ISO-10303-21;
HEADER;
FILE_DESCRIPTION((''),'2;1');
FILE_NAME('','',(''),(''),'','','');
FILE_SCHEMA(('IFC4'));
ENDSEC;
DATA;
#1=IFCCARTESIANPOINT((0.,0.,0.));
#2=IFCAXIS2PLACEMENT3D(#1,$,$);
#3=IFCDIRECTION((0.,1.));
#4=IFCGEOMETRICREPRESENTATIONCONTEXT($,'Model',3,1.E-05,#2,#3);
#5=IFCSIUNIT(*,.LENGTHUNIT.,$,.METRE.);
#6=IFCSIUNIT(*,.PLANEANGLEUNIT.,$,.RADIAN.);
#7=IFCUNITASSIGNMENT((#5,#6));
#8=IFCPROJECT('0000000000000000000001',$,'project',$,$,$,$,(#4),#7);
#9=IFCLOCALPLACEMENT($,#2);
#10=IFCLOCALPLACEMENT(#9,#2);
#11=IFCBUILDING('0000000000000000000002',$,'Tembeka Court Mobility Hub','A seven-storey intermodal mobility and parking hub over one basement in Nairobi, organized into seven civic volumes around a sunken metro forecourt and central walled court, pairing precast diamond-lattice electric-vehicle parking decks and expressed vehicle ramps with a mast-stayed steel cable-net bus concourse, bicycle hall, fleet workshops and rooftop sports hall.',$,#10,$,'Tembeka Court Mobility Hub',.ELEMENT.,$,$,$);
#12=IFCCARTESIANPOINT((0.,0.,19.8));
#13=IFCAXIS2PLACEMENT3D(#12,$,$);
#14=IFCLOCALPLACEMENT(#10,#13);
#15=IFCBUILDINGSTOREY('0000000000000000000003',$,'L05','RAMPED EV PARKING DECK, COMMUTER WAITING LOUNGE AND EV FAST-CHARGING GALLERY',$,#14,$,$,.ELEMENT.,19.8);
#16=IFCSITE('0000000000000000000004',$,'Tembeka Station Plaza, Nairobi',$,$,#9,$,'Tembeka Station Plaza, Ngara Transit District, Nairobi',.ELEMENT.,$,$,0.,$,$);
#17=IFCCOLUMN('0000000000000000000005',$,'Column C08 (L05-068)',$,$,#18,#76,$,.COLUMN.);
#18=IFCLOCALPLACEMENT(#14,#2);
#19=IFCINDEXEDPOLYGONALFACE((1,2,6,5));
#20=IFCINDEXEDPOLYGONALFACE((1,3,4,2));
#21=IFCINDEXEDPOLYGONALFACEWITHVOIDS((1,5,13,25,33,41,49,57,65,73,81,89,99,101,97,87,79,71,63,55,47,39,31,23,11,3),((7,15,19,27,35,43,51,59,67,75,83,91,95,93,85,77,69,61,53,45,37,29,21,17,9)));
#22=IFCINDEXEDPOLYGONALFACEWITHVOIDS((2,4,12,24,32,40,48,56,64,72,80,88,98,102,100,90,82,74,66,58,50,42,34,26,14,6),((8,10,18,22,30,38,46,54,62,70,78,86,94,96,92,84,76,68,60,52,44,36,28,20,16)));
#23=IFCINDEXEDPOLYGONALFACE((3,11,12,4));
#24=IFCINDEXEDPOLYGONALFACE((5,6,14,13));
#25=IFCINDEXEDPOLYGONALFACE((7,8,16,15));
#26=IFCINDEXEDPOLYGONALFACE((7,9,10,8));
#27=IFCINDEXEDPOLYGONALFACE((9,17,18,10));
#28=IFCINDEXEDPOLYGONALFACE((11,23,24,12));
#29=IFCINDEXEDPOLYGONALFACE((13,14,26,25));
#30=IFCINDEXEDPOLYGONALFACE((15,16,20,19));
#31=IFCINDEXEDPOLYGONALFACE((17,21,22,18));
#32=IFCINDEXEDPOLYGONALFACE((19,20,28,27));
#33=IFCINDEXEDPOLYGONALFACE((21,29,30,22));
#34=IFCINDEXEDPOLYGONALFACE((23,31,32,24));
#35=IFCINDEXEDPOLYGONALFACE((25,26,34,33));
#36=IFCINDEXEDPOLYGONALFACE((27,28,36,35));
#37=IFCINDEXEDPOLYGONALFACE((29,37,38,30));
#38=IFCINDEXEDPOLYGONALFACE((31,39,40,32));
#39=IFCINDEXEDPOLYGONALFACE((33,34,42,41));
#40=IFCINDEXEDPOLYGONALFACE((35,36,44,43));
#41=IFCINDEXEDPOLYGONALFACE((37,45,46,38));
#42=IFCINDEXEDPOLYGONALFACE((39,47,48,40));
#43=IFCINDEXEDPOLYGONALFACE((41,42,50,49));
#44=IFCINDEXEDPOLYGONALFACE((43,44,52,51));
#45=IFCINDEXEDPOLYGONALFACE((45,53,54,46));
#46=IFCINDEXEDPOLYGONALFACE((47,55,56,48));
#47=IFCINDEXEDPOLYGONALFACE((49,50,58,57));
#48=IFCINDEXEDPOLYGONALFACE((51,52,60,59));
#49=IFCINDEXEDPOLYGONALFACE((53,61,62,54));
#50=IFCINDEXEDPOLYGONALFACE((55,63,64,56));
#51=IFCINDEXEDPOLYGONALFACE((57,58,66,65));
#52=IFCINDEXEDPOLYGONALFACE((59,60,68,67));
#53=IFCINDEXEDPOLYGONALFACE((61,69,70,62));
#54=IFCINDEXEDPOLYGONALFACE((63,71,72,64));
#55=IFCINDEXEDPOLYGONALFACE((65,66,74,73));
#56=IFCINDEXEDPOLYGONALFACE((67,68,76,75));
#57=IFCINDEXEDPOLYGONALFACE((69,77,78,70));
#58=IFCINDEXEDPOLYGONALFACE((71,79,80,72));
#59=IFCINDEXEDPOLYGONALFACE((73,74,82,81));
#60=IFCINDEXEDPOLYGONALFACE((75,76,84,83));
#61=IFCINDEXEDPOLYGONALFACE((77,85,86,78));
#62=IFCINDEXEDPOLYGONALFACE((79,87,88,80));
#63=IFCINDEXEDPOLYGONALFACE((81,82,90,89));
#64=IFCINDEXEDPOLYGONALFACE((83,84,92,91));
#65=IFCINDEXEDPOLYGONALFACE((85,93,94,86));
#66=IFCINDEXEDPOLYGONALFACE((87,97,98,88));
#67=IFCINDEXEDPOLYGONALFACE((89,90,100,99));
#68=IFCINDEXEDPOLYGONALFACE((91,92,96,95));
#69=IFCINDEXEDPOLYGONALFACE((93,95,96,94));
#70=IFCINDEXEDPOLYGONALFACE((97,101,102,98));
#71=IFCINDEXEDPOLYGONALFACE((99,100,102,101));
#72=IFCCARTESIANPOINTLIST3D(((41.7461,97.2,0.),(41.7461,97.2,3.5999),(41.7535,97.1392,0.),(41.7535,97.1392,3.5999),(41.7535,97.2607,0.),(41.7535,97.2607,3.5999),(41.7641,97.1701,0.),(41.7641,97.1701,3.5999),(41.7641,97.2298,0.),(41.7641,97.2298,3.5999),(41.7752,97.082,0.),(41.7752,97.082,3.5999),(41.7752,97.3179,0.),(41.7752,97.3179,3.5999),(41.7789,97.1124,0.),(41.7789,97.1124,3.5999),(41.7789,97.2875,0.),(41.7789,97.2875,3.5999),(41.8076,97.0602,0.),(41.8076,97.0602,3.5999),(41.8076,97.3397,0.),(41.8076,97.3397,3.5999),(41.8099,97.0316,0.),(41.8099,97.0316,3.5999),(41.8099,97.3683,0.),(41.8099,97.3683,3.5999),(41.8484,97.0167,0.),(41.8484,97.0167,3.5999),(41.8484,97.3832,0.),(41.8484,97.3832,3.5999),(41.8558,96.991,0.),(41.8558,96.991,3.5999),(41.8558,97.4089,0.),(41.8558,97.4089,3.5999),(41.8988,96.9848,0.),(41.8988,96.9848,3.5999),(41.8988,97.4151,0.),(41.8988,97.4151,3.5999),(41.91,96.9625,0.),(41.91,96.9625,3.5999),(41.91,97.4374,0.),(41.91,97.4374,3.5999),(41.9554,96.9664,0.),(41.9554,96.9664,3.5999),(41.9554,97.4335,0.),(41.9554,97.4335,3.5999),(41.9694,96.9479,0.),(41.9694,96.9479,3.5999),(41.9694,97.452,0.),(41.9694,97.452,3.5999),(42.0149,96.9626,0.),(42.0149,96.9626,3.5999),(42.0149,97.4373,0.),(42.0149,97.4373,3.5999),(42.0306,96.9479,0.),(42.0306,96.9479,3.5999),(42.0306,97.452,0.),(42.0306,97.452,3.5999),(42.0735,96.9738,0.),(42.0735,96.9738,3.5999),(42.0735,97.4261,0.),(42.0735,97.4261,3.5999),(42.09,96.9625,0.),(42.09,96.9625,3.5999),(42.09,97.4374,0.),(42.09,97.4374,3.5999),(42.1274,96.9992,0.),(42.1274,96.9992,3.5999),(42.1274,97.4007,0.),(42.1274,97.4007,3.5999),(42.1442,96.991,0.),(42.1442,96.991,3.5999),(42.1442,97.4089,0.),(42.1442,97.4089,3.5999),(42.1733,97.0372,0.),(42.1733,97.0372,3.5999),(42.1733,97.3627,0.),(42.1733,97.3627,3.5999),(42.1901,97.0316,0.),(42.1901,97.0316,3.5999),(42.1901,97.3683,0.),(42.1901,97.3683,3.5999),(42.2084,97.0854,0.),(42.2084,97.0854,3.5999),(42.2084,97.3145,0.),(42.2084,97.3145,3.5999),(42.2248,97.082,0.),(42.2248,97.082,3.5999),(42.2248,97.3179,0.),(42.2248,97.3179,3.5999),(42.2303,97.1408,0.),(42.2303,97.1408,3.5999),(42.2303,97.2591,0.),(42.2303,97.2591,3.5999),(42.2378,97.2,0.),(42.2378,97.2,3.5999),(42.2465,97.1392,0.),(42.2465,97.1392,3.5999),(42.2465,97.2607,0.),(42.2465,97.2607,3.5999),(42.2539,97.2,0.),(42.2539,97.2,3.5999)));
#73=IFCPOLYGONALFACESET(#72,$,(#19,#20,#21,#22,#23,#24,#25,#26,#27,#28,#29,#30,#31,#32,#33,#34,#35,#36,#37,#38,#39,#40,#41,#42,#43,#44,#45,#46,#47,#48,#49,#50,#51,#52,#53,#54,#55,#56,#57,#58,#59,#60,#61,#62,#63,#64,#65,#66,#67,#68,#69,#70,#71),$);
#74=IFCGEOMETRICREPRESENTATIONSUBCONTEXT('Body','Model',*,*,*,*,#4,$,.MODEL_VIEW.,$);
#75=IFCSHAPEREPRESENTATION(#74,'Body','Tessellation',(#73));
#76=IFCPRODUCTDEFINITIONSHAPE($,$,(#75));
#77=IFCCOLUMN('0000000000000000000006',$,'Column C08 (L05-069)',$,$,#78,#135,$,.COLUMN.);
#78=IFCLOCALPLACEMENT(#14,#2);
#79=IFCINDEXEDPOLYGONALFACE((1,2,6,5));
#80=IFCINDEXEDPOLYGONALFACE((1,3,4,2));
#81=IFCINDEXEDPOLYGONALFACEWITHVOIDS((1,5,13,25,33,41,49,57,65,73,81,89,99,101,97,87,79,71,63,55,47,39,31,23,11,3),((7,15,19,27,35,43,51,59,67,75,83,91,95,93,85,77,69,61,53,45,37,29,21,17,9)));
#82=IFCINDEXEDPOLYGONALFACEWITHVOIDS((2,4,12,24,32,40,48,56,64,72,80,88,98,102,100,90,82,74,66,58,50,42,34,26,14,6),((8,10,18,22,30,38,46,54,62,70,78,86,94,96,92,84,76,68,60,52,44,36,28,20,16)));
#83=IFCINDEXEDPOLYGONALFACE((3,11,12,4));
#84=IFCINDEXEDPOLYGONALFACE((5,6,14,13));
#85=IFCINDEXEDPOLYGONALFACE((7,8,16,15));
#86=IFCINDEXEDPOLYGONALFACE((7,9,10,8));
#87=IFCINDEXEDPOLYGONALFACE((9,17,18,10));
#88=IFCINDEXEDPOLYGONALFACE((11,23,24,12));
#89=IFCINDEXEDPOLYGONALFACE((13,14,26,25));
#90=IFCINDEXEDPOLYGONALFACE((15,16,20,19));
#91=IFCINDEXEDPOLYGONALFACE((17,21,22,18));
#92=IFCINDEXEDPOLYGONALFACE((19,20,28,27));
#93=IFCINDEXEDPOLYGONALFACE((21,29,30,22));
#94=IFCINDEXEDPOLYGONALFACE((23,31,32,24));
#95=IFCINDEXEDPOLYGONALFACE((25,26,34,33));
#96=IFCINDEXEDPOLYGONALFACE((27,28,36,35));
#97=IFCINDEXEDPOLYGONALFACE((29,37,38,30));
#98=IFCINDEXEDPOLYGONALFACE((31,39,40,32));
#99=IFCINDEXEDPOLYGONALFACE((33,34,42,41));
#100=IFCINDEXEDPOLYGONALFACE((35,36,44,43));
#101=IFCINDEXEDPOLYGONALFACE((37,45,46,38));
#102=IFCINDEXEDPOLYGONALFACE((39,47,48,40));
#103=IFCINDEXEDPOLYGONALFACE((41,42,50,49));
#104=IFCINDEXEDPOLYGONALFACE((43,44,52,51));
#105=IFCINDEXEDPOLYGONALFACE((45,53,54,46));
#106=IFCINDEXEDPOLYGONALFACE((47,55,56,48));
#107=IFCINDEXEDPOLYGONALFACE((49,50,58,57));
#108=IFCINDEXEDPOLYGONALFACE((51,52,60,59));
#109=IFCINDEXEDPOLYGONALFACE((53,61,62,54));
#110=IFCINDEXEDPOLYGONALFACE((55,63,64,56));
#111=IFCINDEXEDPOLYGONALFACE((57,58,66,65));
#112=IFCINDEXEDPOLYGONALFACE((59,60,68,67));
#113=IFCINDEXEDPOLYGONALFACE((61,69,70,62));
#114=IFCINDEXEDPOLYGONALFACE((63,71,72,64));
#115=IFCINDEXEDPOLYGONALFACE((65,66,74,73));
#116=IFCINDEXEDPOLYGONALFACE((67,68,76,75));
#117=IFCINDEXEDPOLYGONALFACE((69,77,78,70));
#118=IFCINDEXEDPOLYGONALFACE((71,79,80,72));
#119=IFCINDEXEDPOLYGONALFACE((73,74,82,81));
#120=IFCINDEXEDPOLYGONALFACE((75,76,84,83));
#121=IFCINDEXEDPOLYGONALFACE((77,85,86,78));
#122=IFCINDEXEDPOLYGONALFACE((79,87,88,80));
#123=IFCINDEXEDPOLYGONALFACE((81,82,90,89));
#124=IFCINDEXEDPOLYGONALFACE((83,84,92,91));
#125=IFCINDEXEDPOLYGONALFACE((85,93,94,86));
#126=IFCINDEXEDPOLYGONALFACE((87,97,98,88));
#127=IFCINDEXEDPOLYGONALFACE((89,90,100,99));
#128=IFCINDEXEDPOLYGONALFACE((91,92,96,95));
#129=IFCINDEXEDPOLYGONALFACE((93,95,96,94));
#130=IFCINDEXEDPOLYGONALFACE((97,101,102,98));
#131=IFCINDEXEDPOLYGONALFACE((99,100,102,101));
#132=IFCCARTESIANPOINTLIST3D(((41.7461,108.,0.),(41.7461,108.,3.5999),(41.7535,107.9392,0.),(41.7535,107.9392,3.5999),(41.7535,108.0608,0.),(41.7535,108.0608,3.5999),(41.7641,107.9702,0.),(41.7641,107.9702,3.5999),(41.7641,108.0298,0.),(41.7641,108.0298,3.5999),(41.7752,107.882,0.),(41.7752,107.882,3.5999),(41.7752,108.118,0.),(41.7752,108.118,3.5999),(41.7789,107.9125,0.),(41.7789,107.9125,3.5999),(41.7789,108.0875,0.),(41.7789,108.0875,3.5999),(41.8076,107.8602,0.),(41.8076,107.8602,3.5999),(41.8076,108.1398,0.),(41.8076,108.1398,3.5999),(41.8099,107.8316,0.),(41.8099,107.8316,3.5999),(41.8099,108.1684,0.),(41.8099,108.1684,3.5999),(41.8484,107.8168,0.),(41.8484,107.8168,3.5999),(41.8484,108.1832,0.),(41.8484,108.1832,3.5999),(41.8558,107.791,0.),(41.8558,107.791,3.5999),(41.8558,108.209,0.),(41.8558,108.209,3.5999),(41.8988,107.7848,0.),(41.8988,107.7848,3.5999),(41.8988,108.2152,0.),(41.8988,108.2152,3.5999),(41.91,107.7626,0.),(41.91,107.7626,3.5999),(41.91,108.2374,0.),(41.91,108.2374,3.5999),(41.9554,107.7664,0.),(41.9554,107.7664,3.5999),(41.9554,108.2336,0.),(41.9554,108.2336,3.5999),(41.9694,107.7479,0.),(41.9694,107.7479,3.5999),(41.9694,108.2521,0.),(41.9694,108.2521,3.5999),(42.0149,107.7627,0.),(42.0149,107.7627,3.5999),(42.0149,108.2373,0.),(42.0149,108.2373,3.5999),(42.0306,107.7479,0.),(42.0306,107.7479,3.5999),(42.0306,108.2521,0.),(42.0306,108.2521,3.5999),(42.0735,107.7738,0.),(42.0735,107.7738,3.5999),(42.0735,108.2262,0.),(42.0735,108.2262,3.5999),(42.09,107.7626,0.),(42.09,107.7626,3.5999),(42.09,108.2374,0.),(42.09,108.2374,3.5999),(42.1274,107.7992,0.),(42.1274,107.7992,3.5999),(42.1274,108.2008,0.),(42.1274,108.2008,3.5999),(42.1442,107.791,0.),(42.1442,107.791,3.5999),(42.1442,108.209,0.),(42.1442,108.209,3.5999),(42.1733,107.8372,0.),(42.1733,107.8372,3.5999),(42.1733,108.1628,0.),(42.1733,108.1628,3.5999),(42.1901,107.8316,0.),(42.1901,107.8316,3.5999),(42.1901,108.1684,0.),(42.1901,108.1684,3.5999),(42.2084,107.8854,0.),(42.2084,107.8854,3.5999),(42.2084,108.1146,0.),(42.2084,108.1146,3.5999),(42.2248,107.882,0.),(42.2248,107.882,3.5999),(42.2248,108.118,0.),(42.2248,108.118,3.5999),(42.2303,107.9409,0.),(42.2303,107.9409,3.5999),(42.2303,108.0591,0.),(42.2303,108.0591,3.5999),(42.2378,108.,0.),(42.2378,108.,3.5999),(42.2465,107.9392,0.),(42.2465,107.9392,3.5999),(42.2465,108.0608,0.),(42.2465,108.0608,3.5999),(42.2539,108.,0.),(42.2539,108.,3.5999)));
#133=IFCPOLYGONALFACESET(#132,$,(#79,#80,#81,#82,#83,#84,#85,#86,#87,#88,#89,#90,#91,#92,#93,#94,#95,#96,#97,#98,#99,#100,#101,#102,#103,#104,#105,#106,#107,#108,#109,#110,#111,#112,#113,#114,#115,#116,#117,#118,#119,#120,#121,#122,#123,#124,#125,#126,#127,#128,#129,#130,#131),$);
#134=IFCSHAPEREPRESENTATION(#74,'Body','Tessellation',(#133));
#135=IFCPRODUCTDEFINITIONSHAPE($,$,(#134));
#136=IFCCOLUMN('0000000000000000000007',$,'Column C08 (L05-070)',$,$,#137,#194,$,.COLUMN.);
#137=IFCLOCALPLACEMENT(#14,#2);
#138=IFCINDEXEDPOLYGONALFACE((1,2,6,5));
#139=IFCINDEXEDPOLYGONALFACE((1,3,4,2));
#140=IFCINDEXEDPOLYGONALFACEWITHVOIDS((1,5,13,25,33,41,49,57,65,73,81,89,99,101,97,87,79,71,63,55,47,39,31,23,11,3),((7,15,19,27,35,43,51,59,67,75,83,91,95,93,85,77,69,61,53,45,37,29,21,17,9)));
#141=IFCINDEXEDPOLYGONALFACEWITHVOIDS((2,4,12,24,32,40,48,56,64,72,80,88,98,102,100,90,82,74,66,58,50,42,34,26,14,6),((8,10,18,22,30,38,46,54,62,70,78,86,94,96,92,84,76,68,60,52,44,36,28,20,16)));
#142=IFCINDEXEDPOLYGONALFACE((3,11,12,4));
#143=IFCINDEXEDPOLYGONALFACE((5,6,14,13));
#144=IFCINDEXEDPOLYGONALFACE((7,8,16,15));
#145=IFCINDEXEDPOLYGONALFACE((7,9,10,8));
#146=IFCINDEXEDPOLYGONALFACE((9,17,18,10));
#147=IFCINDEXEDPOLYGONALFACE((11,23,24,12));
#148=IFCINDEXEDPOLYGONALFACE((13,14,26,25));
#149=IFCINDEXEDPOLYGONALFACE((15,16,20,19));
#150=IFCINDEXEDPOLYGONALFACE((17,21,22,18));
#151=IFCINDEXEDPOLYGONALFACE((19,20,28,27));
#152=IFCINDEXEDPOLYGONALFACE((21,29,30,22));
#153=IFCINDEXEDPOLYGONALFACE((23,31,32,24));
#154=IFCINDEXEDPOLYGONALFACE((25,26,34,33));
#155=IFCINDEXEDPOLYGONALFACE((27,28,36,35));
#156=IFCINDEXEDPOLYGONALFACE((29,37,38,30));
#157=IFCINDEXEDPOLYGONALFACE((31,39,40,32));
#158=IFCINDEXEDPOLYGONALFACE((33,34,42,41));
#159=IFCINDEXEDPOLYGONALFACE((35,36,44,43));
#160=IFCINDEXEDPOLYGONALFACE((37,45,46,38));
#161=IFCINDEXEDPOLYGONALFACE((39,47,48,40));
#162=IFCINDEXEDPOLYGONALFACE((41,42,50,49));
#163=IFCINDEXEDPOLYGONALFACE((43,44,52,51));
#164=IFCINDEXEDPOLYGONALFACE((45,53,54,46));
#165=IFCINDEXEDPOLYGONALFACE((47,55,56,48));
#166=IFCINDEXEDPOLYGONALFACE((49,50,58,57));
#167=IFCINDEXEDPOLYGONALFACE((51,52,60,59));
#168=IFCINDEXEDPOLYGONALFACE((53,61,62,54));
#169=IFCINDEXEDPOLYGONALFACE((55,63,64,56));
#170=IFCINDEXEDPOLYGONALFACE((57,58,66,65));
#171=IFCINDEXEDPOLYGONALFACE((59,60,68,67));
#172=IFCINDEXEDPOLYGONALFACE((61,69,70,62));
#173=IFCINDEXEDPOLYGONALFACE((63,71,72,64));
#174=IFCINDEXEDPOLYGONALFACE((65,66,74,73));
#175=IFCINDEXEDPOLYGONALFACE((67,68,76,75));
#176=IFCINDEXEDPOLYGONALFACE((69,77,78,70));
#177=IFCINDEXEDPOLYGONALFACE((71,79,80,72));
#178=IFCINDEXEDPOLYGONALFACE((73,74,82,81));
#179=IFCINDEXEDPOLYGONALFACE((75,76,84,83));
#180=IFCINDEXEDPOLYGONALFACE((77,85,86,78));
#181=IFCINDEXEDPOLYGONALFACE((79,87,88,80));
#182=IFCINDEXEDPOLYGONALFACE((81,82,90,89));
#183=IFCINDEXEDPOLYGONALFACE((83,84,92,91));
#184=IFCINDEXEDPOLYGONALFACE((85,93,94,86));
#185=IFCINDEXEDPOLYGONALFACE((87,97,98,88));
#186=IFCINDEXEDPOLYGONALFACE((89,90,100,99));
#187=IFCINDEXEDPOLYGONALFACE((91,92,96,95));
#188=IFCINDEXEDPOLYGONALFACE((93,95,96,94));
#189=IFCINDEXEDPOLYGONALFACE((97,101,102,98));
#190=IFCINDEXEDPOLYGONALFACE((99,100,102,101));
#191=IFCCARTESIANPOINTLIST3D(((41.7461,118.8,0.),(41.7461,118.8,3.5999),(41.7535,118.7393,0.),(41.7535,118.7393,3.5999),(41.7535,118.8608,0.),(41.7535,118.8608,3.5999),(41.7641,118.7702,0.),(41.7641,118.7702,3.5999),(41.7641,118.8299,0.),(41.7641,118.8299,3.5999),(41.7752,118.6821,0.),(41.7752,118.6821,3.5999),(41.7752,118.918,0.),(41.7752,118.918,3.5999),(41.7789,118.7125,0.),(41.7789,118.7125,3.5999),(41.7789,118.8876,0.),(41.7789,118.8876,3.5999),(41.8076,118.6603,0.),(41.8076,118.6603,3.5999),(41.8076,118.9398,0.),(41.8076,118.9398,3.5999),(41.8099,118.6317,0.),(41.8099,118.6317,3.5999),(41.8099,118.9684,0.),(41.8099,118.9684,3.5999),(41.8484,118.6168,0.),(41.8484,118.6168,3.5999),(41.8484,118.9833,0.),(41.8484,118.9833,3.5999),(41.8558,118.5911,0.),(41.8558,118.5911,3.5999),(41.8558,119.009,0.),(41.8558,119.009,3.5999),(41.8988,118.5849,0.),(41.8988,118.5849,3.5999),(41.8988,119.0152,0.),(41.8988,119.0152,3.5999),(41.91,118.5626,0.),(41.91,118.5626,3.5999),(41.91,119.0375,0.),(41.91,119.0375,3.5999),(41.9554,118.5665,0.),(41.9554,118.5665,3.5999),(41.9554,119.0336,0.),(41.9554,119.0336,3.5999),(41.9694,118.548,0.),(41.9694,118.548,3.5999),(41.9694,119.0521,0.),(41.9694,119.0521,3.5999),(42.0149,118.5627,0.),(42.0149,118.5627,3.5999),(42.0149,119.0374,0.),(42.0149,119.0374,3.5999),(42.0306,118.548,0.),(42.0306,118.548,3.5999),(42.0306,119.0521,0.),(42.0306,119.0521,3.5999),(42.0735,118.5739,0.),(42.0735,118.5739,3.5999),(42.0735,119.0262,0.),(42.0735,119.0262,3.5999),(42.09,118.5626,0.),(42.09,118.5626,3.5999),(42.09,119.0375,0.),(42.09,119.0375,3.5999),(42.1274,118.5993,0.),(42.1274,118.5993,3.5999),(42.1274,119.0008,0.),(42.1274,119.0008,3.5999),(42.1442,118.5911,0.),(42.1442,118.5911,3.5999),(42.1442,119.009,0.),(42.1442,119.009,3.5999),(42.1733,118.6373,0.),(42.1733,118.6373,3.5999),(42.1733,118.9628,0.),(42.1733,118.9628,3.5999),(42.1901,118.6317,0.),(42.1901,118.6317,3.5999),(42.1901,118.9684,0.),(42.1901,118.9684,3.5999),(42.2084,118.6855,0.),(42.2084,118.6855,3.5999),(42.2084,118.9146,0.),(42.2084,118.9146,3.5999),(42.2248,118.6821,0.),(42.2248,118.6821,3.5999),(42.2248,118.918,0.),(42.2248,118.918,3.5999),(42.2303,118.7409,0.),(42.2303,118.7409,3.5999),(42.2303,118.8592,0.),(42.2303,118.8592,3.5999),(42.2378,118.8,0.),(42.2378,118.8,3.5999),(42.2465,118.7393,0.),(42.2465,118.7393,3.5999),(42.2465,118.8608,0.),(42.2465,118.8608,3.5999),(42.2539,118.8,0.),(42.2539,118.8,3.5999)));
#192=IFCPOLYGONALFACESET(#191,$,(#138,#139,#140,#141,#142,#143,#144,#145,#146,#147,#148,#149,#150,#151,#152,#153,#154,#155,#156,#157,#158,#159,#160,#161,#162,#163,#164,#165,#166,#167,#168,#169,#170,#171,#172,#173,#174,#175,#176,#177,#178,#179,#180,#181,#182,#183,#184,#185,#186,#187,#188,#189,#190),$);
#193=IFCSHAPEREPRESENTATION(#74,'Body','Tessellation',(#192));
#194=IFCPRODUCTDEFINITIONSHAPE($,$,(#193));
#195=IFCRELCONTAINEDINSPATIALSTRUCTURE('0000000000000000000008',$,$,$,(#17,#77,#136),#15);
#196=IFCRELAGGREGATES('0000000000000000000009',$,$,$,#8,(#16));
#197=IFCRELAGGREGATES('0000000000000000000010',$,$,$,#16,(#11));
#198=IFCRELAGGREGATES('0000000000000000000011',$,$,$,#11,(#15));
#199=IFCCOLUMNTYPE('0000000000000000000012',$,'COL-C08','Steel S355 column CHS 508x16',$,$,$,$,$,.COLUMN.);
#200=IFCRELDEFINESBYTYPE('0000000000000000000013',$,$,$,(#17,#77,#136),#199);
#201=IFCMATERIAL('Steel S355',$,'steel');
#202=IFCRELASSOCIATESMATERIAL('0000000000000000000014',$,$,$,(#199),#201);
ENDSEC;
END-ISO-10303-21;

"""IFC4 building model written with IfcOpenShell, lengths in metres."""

from ifc_helpers import new_model, si_unit, direction, frame, origin, origin_2d, place, context, subcontext, project, spatial, hollow_circle, extrude, material, material_profile, profile_set, type_object, element, save


model = new_model("IFC4")

# Units and contexts
model_context = context("Model", 3, precision=1e-05, world=origin(), true_north=direction((0.0, 1.0)))
body_context = subcontext(model_context, "Body", "Model", "MODEL_VIEW")
ifc_project = project(units=[si_unit("LENGTHUNIT", "METRE"), si_unit("PLANEANGLEUNIT", "RADIAN")], contexts=[model_context])

# Site, building, storey
site_placement = place(None, origin())
site = spatial("IfcSite", under=ifc_project, at=site_placement, Name="Tembeka Station Plaza, Nairobi", LongName="Tembeka Station Plaza, Ngara Transit District, Nairobi", CompositionType="ELEMENT", RefElevation=0.0)
building_placement = place(site_placement, origin())
building = spatial("IfcBuilding", under=site, at=building_placement, Name="Tembeka Court Mobility Hub", Description="A seven-storey intermodal mobility and parking hub over one basement in Nairobi, organized into seven civic volumes around a sunken metro forecourt and central walled court, pairing precast diamond-lattice electric-vehicle parking decks and expressed vehicle ramps with a mast-stayed steel cable-net bus concourse, bicycle hall, fleet workshops and rooftop sports hall.", LongName="Tembeka Court Mobility Hub", CompositionType="ELEMENT")
storey_placement = place(building_placement, frame((0.0, 0.0, 19.8)))
storey = spatial("IfcBuildingStorey", under=building, at=storey_placement, Name="L05", Description="RAMPED EV PARKING DECK, COMMUTER WAITING LOUNGE AND EV FAST-CHARGING GALLERY", CompositionType="ELEMENT", Elevation=19.8)

# Columns
ifc_material_1 = material(Name="Steel S355", Category="steel")
ifc_material_profile_1 = material_profile(ifc_material_1, hollow_circle(Radius=0.2539, WallThickness=0.0161, at=origin_2d()), Name="CHS 508x16")
ifc_profile_set_1 = profile_set([ifc_material_profile_1], Name="Steel S355")
column_type = type_object("IfcColumnType", Name="COL-C08", Description="Steel S355 column CHS 508x16", PredefinedType="COLUMN", material=ifc_profile_set_1)
for number, where, z_axis, x_axis, name in (
    (1, (42.0, 97.2, 0.0), (0.0, 0.0, 1.0), (1.0, 0.0, 0.0), "Column C08 (L05-068)"),
    (2, (42.0, 108.0, 0.0), (0.0, 0.0, 1.0), (1.0, 0.0, 0.0), "Column C08 (L05-069)"),
    (3, (42.0, 118.8, 0.0), (0.0, 0.0, 1.0), (1.0, 0.0, 0.0), "Column C08 (L05-070)"),
):
    element("IfcColumn", number, at=place(storey_placement, frame(where, z_axis=z_axis, x_axis=x_axis)), inside=storey, type_object=column_type, Name=name, PredefinedType="COLUMN", context=body_context, shape_type="SweptSolid", body=[
        extrude(hollow_circle(Radius=0.2539, WallThickness=0.0161, at=origin_2d()), origin(), (0.0, 0.0, 1.0), 3.5999),
    ])

save(model, "model.ifc")
